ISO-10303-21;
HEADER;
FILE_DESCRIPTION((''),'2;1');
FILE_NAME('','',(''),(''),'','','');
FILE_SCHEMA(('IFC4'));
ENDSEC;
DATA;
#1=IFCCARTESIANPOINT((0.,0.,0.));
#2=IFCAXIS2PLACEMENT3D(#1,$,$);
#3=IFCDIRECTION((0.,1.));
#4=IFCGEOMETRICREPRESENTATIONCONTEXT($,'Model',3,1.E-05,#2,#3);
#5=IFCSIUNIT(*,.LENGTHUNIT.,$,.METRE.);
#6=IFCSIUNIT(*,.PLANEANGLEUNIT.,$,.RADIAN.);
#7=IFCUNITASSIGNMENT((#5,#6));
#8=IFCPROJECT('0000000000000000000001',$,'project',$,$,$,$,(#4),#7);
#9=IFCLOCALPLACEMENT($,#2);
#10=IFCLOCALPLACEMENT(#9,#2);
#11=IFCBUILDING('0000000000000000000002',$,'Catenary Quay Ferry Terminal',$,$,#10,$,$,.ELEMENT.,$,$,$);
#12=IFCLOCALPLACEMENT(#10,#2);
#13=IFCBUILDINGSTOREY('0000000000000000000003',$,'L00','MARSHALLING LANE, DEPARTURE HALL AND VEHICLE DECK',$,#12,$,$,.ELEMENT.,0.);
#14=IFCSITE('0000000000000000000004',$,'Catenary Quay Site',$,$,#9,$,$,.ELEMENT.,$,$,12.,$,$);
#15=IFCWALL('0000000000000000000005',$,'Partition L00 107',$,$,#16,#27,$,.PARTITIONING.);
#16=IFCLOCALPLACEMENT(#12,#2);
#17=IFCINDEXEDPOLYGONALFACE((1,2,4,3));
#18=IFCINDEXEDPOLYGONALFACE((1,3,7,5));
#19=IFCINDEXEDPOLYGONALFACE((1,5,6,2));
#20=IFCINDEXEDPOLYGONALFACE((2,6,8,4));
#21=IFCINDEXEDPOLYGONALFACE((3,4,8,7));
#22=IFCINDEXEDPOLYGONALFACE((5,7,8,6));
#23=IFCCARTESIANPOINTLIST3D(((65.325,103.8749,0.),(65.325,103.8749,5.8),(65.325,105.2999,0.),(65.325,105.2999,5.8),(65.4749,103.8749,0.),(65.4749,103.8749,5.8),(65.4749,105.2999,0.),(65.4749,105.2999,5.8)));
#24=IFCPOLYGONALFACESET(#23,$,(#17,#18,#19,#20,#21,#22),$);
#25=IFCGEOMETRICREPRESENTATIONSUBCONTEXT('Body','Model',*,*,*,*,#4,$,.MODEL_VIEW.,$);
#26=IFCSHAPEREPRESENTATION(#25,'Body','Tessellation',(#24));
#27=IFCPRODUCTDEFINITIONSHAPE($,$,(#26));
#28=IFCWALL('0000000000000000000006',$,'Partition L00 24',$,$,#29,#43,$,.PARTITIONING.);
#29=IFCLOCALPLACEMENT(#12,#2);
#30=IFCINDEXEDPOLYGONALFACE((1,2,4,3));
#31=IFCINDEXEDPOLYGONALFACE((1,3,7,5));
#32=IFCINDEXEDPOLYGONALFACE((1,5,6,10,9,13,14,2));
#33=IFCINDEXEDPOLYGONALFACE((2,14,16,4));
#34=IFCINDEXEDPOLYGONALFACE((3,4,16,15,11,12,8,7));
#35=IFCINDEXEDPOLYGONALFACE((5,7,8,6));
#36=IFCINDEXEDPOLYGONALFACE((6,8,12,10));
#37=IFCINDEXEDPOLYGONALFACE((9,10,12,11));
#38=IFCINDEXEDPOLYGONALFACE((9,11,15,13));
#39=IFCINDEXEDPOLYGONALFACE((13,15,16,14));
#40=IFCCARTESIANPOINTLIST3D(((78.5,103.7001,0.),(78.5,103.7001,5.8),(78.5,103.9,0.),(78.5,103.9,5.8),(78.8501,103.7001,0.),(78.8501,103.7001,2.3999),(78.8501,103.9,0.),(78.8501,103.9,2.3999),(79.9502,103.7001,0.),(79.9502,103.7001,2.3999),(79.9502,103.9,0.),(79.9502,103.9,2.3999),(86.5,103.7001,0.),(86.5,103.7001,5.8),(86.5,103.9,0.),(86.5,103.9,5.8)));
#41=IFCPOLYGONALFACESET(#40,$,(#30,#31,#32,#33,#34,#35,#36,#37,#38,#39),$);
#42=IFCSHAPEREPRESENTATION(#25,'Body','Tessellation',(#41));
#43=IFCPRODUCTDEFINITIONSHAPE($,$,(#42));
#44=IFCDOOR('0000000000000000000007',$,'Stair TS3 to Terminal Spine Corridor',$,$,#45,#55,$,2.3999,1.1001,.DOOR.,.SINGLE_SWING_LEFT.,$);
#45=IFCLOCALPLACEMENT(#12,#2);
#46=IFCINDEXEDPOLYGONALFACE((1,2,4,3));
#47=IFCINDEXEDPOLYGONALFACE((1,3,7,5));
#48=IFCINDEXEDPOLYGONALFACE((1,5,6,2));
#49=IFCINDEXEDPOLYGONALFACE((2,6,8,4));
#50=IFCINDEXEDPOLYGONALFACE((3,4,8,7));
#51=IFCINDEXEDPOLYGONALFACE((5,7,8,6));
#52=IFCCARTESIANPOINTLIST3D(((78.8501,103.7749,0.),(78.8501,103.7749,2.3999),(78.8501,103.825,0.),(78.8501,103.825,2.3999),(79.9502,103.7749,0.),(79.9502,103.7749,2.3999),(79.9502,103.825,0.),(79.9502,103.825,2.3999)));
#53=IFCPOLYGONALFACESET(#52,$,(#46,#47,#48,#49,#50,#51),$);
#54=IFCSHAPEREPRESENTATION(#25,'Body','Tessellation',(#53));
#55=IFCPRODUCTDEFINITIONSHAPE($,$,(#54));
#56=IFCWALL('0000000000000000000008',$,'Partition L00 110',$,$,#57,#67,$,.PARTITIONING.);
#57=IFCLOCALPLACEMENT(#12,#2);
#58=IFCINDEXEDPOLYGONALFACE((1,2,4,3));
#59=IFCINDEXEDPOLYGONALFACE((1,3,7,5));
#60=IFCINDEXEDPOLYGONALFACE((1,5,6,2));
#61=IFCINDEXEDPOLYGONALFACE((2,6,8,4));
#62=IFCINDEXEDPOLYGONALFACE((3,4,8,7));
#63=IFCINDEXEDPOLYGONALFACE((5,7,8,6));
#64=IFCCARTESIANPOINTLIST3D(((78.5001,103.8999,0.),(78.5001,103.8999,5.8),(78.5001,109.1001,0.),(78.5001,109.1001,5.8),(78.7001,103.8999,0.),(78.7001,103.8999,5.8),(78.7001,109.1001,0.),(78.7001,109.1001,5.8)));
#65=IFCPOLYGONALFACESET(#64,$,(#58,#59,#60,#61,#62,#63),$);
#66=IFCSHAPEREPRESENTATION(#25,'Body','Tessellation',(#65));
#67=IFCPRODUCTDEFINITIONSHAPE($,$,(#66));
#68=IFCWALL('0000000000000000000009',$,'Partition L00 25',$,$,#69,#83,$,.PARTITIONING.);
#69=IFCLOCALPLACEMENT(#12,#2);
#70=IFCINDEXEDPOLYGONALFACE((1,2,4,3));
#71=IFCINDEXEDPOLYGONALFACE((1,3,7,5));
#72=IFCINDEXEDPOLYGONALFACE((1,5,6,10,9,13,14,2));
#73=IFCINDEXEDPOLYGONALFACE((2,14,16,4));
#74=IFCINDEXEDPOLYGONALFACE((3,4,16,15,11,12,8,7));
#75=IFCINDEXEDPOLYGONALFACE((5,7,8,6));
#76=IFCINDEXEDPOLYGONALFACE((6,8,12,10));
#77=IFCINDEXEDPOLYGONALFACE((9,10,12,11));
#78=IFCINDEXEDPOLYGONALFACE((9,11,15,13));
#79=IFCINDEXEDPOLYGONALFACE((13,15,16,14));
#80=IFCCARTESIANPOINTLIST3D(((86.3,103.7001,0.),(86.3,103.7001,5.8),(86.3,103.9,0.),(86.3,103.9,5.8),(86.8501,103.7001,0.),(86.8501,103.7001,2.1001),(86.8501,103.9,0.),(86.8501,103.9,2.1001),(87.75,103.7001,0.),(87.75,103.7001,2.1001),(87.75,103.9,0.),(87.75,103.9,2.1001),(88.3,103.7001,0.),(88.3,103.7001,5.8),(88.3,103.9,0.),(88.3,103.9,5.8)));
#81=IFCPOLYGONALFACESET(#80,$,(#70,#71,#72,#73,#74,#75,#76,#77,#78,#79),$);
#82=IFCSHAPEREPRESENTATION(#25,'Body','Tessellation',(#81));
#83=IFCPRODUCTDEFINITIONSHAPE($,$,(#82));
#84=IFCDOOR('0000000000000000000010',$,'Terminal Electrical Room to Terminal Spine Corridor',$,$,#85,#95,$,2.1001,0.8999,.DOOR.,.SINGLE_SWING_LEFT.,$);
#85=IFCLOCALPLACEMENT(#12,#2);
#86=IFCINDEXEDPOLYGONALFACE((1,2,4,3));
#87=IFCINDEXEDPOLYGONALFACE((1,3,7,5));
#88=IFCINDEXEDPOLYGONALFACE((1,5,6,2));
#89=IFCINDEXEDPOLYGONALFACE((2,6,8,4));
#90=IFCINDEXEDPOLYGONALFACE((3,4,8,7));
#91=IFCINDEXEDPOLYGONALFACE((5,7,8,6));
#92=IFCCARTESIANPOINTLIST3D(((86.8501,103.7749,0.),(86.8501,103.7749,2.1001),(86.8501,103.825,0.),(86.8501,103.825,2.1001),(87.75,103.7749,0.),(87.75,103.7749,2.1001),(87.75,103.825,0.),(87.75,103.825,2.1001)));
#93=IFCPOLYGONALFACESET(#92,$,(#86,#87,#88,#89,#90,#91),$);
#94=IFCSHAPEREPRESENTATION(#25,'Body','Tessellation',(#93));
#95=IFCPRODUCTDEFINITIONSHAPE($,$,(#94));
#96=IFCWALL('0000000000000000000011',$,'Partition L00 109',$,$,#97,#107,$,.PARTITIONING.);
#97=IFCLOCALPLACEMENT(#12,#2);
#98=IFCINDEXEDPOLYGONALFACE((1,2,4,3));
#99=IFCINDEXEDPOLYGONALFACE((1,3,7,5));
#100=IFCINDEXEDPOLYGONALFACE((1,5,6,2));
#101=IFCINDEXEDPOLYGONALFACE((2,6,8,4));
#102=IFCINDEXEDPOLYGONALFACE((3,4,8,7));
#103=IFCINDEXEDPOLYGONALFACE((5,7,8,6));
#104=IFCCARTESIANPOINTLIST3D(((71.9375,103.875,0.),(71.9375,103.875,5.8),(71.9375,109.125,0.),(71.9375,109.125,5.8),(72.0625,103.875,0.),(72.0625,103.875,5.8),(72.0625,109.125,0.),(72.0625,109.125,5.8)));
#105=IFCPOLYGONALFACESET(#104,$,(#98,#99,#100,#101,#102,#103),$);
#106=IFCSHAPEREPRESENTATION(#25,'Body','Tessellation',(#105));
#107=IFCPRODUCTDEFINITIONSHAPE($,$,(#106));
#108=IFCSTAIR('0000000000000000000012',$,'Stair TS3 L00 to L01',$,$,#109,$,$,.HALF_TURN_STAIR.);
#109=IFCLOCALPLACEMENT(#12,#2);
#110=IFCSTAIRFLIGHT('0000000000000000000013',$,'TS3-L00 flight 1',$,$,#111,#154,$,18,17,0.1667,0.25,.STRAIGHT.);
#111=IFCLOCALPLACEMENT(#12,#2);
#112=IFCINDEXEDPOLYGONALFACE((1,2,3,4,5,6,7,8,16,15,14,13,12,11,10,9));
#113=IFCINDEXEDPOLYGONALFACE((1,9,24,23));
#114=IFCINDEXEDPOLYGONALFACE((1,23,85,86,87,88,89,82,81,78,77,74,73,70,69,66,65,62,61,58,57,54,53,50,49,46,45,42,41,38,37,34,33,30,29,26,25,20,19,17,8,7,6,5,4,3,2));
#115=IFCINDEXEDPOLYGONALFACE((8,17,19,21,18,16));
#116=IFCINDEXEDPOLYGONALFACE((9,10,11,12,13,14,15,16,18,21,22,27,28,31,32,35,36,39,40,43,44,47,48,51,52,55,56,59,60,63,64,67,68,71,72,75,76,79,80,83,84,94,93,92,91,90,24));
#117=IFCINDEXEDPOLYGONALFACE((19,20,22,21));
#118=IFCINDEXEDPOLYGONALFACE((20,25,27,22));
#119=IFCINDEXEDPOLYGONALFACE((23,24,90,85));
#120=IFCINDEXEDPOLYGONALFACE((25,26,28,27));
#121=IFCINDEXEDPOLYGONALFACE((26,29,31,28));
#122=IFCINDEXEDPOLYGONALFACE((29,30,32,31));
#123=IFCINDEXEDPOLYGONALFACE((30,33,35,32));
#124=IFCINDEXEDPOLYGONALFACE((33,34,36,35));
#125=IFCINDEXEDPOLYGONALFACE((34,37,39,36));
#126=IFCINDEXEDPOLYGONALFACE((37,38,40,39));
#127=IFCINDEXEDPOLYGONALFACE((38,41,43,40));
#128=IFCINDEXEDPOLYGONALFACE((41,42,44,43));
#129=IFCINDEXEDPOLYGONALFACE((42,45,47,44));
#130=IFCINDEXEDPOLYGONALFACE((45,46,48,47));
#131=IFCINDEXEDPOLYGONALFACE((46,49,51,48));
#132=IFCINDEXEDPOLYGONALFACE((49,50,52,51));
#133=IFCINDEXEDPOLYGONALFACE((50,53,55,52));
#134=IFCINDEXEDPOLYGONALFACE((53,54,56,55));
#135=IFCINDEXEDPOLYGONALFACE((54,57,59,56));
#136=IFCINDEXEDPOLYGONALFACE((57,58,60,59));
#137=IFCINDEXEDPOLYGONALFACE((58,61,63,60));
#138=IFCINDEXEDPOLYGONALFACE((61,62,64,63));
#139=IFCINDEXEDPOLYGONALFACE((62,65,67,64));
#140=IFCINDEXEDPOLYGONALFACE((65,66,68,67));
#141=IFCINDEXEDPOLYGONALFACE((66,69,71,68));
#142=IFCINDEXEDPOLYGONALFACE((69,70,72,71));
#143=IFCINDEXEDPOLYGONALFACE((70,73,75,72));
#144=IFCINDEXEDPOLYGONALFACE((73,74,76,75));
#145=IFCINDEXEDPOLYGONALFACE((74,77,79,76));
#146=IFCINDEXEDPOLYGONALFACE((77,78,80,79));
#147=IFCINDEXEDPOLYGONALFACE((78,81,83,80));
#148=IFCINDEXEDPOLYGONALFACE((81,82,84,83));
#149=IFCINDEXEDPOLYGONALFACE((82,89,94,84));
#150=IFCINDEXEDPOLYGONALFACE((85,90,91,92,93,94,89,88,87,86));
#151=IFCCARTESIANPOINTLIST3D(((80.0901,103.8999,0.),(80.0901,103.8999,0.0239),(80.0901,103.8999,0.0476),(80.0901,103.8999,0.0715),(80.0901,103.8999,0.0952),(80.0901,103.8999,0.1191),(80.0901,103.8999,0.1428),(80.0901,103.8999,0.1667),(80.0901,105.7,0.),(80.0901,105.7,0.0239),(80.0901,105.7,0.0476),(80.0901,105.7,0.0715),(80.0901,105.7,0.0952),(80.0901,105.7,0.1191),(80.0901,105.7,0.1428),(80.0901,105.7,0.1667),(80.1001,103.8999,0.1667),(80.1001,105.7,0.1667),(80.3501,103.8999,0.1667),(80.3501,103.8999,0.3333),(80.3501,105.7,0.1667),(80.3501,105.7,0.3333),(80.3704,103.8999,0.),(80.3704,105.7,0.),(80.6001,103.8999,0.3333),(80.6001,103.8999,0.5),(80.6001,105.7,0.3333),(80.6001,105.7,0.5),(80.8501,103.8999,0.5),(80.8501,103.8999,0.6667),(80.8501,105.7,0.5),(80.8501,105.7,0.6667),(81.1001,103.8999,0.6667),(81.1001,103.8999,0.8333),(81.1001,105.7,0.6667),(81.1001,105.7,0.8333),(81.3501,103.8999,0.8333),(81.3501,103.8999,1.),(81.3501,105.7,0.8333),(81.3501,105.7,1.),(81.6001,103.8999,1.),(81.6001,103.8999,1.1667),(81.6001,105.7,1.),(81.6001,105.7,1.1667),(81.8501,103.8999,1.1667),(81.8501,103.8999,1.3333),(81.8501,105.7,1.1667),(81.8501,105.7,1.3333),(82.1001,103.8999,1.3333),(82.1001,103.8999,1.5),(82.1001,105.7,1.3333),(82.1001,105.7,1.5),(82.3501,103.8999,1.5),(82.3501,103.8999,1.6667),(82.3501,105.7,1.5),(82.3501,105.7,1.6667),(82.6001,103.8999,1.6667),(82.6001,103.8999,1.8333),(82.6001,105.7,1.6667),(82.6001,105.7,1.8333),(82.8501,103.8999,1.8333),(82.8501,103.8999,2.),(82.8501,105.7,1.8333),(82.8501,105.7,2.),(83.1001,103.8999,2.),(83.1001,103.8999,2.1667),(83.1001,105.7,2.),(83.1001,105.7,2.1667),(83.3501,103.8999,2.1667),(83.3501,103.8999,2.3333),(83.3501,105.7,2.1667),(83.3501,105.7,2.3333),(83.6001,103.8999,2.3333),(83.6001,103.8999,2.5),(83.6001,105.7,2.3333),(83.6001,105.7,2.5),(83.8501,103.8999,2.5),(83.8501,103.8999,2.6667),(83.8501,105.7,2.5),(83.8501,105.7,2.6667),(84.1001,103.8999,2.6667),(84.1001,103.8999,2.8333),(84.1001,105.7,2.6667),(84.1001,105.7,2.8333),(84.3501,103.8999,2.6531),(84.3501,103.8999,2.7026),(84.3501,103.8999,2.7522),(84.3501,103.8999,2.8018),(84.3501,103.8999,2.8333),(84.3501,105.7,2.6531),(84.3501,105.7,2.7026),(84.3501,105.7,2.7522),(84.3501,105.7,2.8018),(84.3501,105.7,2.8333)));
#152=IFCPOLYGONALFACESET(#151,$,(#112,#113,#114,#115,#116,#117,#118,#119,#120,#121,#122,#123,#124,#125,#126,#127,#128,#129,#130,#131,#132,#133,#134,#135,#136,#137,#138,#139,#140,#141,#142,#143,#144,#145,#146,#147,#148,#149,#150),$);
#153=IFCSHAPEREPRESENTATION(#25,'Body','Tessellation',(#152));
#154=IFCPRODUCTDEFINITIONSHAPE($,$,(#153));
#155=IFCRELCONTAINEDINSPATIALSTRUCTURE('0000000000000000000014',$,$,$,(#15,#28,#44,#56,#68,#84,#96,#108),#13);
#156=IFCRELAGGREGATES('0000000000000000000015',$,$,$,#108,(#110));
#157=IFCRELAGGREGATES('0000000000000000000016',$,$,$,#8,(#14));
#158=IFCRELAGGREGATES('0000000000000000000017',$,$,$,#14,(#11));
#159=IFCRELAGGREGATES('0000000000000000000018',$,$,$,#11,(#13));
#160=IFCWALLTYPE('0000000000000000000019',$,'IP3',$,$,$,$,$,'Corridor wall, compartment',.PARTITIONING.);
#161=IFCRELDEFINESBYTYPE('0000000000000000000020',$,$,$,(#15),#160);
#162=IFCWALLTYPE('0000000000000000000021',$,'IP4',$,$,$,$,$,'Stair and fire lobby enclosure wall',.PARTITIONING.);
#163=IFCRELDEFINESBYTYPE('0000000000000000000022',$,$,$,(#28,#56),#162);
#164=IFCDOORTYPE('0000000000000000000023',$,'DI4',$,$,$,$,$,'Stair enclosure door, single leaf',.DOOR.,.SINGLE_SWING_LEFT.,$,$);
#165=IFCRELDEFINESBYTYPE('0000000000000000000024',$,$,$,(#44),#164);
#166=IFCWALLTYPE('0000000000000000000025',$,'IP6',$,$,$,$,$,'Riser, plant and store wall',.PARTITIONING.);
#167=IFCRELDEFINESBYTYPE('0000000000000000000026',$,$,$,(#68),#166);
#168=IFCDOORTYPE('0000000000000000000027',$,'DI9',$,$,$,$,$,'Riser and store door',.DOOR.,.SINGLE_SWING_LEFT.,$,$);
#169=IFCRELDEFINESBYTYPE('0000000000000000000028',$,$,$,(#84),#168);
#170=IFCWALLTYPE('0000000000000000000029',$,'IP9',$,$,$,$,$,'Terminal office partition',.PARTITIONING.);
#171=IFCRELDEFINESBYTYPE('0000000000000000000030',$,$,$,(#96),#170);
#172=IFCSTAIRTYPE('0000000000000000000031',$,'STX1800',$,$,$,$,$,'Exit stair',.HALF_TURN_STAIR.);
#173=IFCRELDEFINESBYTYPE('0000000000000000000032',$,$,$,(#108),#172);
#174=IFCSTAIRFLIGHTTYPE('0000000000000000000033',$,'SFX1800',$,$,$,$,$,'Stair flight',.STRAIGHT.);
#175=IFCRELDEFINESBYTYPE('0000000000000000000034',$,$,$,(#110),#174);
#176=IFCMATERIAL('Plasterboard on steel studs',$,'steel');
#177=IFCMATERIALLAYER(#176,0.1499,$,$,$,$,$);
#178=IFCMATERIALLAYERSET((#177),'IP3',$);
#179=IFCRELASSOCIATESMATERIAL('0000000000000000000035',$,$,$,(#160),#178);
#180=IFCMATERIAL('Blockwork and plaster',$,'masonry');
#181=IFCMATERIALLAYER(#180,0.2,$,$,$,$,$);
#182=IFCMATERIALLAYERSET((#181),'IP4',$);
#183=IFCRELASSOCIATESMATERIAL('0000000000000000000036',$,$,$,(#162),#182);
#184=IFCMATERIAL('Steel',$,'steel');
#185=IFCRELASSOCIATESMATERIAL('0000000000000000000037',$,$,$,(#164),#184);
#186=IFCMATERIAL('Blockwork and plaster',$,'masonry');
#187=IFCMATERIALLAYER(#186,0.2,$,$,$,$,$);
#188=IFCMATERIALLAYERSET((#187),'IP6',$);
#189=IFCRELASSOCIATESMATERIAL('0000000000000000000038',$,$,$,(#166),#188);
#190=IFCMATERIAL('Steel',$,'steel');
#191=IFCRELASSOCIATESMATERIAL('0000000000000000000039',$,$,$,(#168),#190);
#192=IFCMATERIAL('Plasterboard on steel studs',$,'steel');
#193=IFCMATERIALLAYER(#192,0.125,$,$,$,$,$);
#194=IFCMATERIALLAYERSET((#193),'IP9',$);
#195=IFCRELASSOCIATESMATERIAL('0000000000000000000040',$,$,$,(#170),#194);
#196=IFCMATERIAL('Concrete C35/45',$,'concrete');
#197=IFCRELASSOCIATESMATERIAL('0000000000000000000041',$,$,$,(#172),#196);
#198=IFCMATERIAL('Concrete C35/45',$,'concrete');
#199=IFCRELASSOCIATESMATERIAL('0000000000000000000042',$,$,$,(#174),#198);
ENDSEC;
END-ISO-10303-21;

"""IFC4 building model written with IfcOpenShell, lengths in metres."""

from ifc_helpers import new_model, si_unit, direction, frame, frame_2d, origin, place, context, subcontext, project, spatial, polyline, rectangle, outline, extrude, material, layer, layer_set, type_object, element, fill, aggregate, save


model = new_model("IFC4")

# Units and contexts
model_context = context("Model", 3, precision=1e-05, world=origin(), true_north=direction((0.0, 1.0)))
body_context = subcontext(model_context, "Body", "Model", "MODEL_VIEW")
ifc_project = project(units=[si_unit("LENGTHUNIT", "METRE"), si_unit("PLANEANGLEUNIT", "RADIAN")], contexts=[model_context])

# Site, building, storey
site_placement = place(None, origin())
site = spatial("IfcSite", under=ifc_project, at=site_placement, Name="Catenary Quay Site", CompositionType="ELEMENT", RefElevation=12.0)
building_placement = place(site_placement, origin())
building = spatial("IfcBuilding", under=site, at=building_placement, Name="Catenary Quay Ferry Terminal", CompositionType="ELEMENT")
storey_placement = place(building_placement, origin())
storey = spatial("IfcBuildingStorey", under=building, at=storey_placement, Name="L00", Description="MARSHALLING LANE, DEPARTURE HALL AND VEHICLE DECK", CompositionType="ELEMENT", Elevation=0.0)

# Shared definitions
ifc_material_1 = material(Name="Plasterboard on steel studs", Category="steel")
ifc_layer_1 = layer(ifc_material_1, 0.1499)
ifc_layer_set_1 = layer_set([ifc_layer_1], Name="IP3")
wall_type_1 = type_object("IfcWallType", Name="IP3", ElementType="Corridor wall, compartment", PredefinedType="PARTITIONING", material=ifc_layer_set_1)

# Wall
wall_1_placement = place(storey_placement, frame((65.3999, 103.875, 0.0), z_axis=(0.0, 0.0, 1.0), x_axis=(0.0, 1.0, 0.0)))
element("IfcWall", 1, at=wall_1_placement, inside=storey, type_object=wall_type_1, Name="Partition L00 107", PredefinedType="PARTITIONING", context=body_context, shape_type="SweptSolid", body=[
    extrude(rectangle(XDim=1.425, YDim=0.1499, at=frame_2d((0.7124, 0.0))), origin(), (0.0, 0.0, 1.0), 5.8),
])

# Wall, opening, door
ifc_material_2 = material(Name="Blockwork and plaster", Category="masonry")
ifc_layer_2 = layer(ifc_material_2, 0.2)
ifc_layer_set_2 = layer_set([ifc_layer_2], Name="IP4")
wall_type_2 = type_object("IfcWallType", Name="IP4", ElementType="Stair and fire lobby enclosure wall", PredefinedType="PARTITIONING", material=ifc_layer_set_2)
wall_2_placement = place(storey_placement, frame((78.5, 103.8, 0.0), z_axis=(0.0, 0.0, 1.0), x_axis=(1.0, 0.0, 0.0)))
wall_2 = element("IfcWall", 2, at=wall_2_placement, inside=storey, type_object=wall_type_2, Name="Partition L00 24", PredefinedType="PARTITIONING", context=body_context, shape_type="SweptSolid", body=[
    extrude(rectangle(XDim=8.0, YDim=0.2, at=frame_2d((4.0, 0.0))), origin(), (0.0, 0.0, 1.0), 5.8),
])
opening_1_placement = place(wall_2_placement, frame((0.3501, 0.0, 0.0)))
opening_1 = element("IfcOpeningElement", 3, at=opening_1_placement, cuts=wall_2, PredefinedType="OPENING", context=body_context, shape_type="SweptSolid", body=[
    extrude(rectangle(XDim=1.1001, YDim=2.3999, at=frame_2d((0.55, 1.2))), frame((0.0, 0.1099, 0.0), z_axis=(0.0, -1.0, 0.0), x_axis=(1.0, 0.0, 0.0)), (0.0, 0.0, 1.0), 0.22),
])
ifc_material_3 = material(Name="Steel", Category="steel")
door_type_1 = type_object("IfcDoorType", Name="DI4", ElementType="Stair enclosure door, single leaf", OperationType="SINGLE_SWING_LEFT", PredefinedType="DOOR", material=ifc_material_3)
door_1_placement = place(opening_1_placement, origin())
door_1 = element("IfcDoor", 4, at=door_1_placement, inside=storey, type_object=door_type_1, Name="Stair TS3 to Terminal Spine Corridor", OperationType="SINGLE_SWING_LEFT", OverallHeight=2.3999, OverallWidth=1.1001, PredefinedType="DOOR", context=body_context, shape_type="SweptSolid", body=[
    extrude(rectangle(XDim=1.1001, YDim=2.3999, at=frame_2d((0.55, 1.2))), frame((0.0, 0.0249, 0.0), z_axis=(0.0, -1.0, 0.0), x_axis=(1.0, 0.0, 0.0)), (0.0, 0.0, 1.0), 0.05),
])
fill(opening_1, door_1)

# Wall
wall_3_placement = place(storey_placement, frame((78.6001, 103.8999, 0.0), z_axis=(0.0, 0.0, 1.0), x_axis=(0.0, 1.0, 0.0)))
element("IfcWall", 5, at=wall_3_placement, inside=storey, type_object=wall_type_2, Name="Partition L00 110", PredefinedType="PARTITIONING", context=body_context, shape_type="SweptSolid", body=[
    extrude(rectangle(XDim=5.2002, YDim=0.2, at=frame_2d((2.6001, 0.0))), origin(), (0.0, 0.0, 1.0), 5.8),
])

# Wall, opening, door
ifc_material_4 = material(Name="Blockwork and plaster", Category="masonry")
ifc_layer_3 = layer(ifc_material_4, 0.2)
ifc_layer_set_3 = layer_set([ifc_layer_3], Name="IP6")
wall_type_3 = type_object("IfcWallType", Name="IP6", ElementType="Riser, plant and store wall", PredefinedType="PARTITIONING", material=ifc_layer_set_3)
wall_4_placement = place(storey_placement, frame((86.3, 103.8, 0.0), z_axis=(0.0, 0.0, 1.0), x_axis=(1.0, 0.0, 0.0)))
wall_4 = element("IfcWall", 6, at=wall_4_placement, inside=storey, type_object=wall_type_3, Name="Partition L00 25", PredefinedType="PARTITIONING", context=body_context, shape_type="SweptSolid", body=[
    extrude(rectangle(XDim=2.0, YDim=0.2, at=frame_2d((1.0, 0.0))), origin(), (0.0, 0.0, 1.0), 5.8),
])
opening_2_placement = place(wall_4_placement, frame((0.55, 0.0, 0.0)))
opening_2 = element("IfcOpeningElement", 7, at=opening_2_placement, cuts=wall_4, PredefinedType="OPENING", context=body_context, shape_type="SweptSolid", body=[
    extrude(rectangle(XDim=0.8999, YDim=2.1001, at=frame_2d((0.45, 1.05))), frame((0.0, 0.1099, 0.0), z_axis=(0.0, -1.0, 0.0), x_axis=(1.0, 0.0, 0.0)), (0.0, 0.0, 1.0), 0.22),
])
ifc_material_5 = material(Name="Steel", Category="steel")
door_type_2 = type_object("IfcDoorType", Name="DI9", ElementType="Riser and store door", OperationType="SINGLE_SWING_LEFT", PredefinedType="DOOR", material=ifc_material_5)
door_2_placement = place(opening_2_placement, origin())
door_2 = element("IfcDoor", 8, at=door_2_placement, inside=storey, type_object=door_type_2, Name="Terminal Electrical Room to Terminal Spine Corridor", OperationType="SINGLE_SWING_LEFT", OverallHeight=2.1001, OverallWidth=0.8999, PredefinedType="DOOR", context=body_context, shape_type="SweptSolid", body=[
    extrude(rectangle(XDim=0.8999, YDim=2.1001, at=frame_2d((0.45, 1.05))), frame((0.0, 0.0249, 0.0), z_axis=(0.0, -1.0, 0.0), x_axis=(1.0, 0.0, 0.0)), (0.0, 0.0, 1.0), 0.05),
])
fill(opening_2, door_2)

# Wall
ifc_material_6 = material(Name="Plasterboard on steel studs", Category="steel")
ifc_layer_4 = layer(ifc_material_6, 0.125)
ifc_layer_set_4 = layer_set([ifc_layer_4], Name="IP9")
wall_type_4 = type_object("IfcWallType", Name="IP9", ElementType="Terminal office partition", PredefinedType="PARTITIONING", material=ifc_layer_set_4)
wall_5_placement = place(storey_placement, frame((72.0, 103.875, 0.0), z_axis=(0.0, 0.0, 1.0), x_axis=(0.0, 1.0, 0.0)))
element("IfcWall", 9, at=wall_5_placement, inside=storey, type_object=wall_type_4, Name="Partition L00 109", PredefinedType="PARTITIONING", context=body_context, shape_type="SweptSolid", body=[
    extrude(rectangle(XDim=5.25, YDim=0.125, at=frame_2d((2.625, 0.0))), origin(), (0.0, 0.0, 1.0), 5.8),
])

# Stair, stair flight
ifc_material_7 = material(Name="Concrete C35/45", Category="concrete")
stair_type = type_object("IfcStairType", Name="STX1800", ElementType="Exit stair", PredefinedType="HALF_TURN_STAIR", material=ifc_material_7)
stair_placement = place(storey_placement, origin())
stair = element("IfcStair", 10, at=stair_placement, inside=storey, type_object=stair_type, Name="Stair TS3 L00 to L01", PredefinedType="HALF_TURN_STAIR")
ifc_material_8 = material(Name="Concrete C35/45", Category="concrete")
stair_flight_type = type_object("IfcStairFlightType", Name="SFX1800", ElementType="Stair flight", PredefinedType="STRAIGHT", material=ifc_material_8)
stair_flight_placement = place(storey_placement, frame((80.1001, 104.8, 0.0), z_axis=(0.0, 0.0, 1.0), x_axis=(1.0, 0.0, 0.0)))
stair_flight = element("IfcStairFlight", 11, at=stair_flight_placement, type_object=stair_flight_type, Name="TS3-L00 flight 1", NumberOfRisers=18, NumberOfTreads=17, PredefinedType="STRAIGHT", RiserHeight=0.1667, TreadLength=0.25, context=body_context, shape_type="SweptSolid", body=[
    extrude(outline(polyline([(-0.01, 0.0), (-0.01, 0.0239), (-0.01, 0.0476), (-0.01, 0.0715), (-0.01, 0.0952), (-0.01, 0.1191), (-0.01, 0.1428), (-0.01, 0.1667), (0.0, 0.1667), (0.25, 0.1667), (0.25, 0.3333), (0.5, 0.3333), (0.5, 0.5), (0.75, 0.5), (0.75, 0.6667), (1.0, 0.6667), (1.0, 0.8333), (1.25, 0.8333), (1.25, 1.0), (1.5, 1.0), (1.5, 1.1667), (1.75, 1.1667), (1.75, 1.3333), (2.0, 1.3333), (2.0, 1.5), (2.25, 1.5), (2.25, 1.6667), (2.5, 1.6667), (2.5, 1.8333), (2.75, 1.8333), (2.75, 2.0), (3.0, 2.0), (3.0, 2.1667), (3.25, 2.1667), (3.25, 2.3333), (3.5, 2.3333), (3.5, 2.5), (3.75, 2.5), (3.75, 2.6667), (4.0, 2.6667), (4.0, 2.8333), (4.25, 2.8333), (4.25, 3.0), (4.25, 2.9504), (4.25, 2.9009), (4.25, 2.8513), (4.25, 2.8018), (4.25, 2.7522), (4.25, 2.7026), (4.25, 2.6531), (0.2703, 0.0), (-0.01, 0.0)])), frame((0.0, 0.8999, 0.0), z_axis=(0.0, -1.0, 0.0), x_axis=(1.0, 0.0, 0.0)), (0.0, 0.0, 1.0), 1.8),
])
aggregate(stair, [stair_flight])

save(model, "model.ifc")
